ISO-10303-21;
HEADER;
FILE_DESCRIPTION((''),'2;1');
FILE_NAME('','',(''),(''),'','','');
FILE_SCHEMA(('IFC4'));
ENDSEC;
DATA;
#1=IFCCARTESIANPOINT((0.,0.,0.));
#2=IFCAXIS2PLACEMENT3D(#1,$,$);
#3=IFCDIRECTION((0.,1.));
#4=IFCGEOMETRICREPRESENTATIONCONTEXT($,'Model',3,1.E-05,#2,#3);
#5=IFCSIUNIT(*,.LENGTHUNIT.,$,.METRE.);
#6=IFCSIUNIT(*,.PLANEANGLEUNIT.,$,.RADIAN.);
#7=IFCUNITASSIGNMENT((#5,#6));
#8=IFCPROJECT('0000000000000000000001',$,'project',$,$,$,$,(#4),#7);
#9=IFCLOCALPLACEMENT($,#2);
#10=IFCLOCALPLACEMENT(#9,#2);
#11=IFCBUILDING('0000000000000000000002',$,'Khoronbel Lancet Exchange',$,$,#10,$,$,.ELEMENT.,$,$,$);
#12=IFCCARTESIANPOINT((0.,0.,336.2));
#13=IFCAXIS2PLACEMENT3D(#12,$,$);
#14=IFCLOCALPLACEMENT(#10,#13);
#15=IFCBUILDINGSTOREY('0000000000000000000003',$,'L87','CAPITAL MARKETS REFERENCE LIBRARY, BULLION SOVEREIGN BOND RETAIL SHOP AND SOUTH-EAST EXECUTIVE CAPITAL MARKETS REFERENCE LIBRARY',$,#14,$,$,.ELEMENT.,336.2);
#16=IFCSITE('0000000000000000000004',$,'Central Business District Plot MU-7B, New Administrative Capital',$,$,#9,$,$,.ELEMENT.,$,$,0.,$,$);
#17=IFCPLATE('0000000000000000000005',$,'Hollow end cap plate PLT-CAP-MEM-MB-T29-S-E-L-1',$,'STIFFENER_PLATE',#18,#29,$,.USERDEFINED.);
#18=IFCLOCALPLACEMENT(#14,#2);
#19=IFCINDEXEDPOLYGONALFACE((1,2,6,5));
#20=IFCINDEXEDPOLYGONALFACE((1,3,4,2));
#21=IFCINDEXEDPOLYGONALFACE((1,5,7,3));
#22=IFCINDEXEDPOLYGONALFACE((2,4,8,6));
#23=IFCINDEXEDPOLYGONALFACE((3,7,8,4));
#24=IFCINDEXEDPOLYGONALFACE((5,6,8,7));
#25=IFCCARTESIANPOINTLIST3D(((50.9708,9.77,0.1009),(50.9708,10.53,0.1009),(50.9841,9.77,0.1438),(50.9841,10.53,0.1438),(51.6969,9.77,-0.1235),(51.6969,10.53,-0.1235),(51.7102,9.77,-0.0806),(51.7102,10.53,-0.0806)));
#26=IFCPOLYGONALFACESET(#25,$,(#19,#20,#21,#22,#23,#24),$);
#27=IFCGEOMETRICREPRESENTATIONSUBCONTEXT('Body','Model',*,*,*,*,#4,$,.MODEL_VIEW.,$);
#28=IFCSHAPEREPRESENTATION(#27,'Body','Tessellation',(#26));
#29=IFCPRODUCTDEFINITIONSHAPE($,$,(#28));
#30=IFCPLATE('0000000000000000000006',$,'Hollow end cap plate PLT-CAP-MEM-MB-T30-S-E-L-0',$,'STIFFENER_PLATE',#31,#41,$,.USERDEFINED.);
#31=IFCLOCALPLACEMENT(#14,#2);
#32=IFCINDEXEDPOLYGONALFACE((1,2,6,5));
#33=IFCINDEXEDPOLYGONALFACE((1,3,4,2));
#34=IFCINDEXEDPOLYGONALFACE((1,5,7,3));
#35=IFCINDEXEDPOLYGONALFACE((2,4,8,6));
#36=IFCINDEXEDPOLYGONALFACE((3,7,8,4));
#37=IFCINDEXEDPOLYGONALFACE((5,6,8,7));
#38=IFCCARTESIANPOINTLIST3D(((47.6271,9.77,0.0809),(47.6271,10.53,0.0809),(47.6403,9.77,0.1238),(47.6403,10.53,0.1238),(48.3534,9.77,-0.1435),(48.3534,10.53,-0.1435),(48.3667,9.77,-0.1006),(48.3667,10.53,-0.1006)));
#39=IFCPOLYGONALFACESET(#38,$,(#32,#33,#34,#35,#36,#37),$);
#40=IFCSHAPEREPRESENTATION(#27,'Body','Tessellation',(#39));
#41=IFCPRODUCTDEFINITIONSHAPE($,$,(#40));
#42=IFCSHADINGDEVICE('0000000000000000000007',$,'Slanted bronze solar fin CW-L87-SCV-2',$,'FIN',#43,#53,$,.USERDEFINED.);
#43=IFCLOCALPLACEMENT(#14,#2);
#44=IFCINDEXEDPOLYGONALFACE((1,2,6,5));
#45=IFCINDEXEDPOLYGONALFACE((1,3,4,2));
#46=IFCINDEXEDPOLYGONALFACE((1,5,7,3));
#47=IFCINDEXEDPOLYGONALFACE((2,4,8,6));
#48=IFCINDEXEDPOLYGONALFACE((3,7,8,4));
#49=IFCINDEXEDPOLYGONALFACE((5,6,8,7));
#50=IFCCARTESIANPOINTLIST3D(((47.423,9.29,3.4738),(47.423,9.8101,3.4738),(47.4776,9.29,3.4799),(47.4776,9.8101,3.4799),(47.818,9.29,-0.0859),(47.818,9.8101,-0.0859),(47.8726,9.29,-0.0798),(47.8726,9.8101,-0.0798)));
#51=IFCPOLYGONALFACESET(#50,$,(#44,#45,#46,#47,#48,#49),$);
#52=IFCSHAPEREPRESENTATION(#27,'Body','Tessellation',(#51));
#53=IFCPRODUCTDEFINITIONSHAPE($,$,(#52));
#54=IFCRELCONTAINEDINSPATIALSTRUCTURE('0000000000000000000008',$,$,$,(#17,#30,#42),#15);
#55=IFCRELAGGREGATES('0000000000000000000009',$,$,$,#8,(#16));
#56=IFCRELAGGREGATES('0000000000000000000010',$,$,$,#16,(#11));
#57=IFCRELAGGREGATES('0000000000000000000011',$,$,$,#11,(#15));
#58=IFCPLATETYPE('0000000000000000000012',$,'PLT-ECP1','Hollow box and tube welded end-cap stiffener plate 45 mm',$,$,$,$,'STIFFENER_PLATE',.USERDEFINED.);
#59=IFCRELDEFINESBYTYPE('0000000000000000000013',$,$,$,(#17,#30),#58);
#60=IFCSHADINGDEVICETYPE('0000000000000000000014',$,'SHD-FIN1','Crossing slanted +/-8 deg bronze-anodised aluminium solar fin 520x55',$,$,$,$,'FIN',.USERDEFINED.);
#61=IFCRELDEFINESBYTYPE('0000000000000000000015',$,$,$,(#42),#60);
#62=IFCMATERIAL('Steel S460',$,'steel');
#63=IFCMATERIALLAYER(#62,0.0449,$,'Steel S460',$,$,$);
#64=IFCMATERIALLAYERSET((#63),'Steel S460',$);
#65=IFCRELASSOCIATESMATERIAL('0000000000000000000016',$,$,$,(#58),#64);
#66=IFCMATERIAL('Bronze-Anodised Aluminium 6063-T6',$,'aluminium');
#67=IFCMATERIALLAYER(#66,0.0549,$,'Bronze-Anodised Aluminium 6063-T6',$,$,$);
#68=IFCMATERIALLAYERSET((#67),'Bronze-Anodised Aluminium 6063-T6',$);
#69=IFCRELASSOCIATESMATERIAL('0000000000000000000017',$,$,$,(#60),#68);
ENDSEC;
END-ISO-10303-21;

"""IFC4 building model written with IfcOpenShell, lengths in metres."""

from ifc_helpers import new_model, si_unit, direction, frame, origin, place, context, subcontext, project, spatial, polyline, outline, extrude, material, layer, layer_set, type_object, element, save


model = new_model("IFC4")

# Units and contexts
model_context = context("Model", 3, precision=1e-05, world=origin(), true_north=direction((0.0, 1.0)))
body_context = subcontext(model_context, "Body", "Model", "MODEL_VIEW")
ifc_project = project(units=[si_unit("LENGTHUNIT", "METRE"), si_unit("PLANEANGLEUNIT", "RADIAN")], contexts=[model_context])

# Site, building, storey
site_placement = place(None, origin())
site = spatial("IfcSite", under=ifc_project, at=site_placement, Name="Central Business District Plot MU-7B, New Administrative Capital", CompositionType="ELEMENT", RefElevation=0.0)
building_placement = place(site_placement, origin())
building = spatial("IfcBuilding", under=site, at=building_placement, Name="Khoronbel Lancet Exchange", CompositionType="ELEMENT")
storey_placement = place(building_placement, frame((0.0, 0.0, 336.2)))
storey = spatial("IfcBuildingStorey", under=building, at=storey_placement, Name="L87", Description="CAPITAL MARKETS REFERENCE LIBRARY, BULLION SOVEREIGN BOND RETAIL SHOP AND SOUTH-EAST EXECUTIVE CAPITAL MARKETS REFERENCE LIBRARY", CompositionType="ELEMENT", Elevation=336.2)

# Shared definitions
ifc_material_1 = material(Name="Steel S460", Category="steel")

# Shared definitions
ifc_material_2 = material(Name="Bronze-Anodised Aluminium 6063-T6", Category="aluminium")

# Plates
ifc_layer_1 = layer(ifc_material_1, 0.0449, Name="Steel S460")
ifc_layer_set_1 = layer_set([ifc_layer_1], Name="Steel S460")
plate_type_1 = type_object("IfcPlateType", Name="PLT-ECP1", Description="Hollow box and tube welded end-cap stiffener plate 45 mm", ElementType="STIFFENER_PLATE", PredefinedType="USERDEFINED", material=ifc_layer_set_1)
plate_1_placement = place(storey_placement, frame((51.7102, 9.77, -0.0806), z_axis=(0.295237, 0.0, 0.955424), x_axis=(0.0, 1.0, 0.0)))
element("IfcPlate", 1, at=plate_1_placement, inside=storey, type_object=plate_type_1, Name="Hollow end cap plate PLT-CAP-MEM-MB-T29-S-E-L-1", ObjectType="STIFFENER_PLATE", PredefinedType="USERDEFINED", context=body_context, shape_type="SweptSolid", body=[
    extrude(outline(polyline([(0.0, 0.0), (0.76, 0.0), (0.76, 0.76), (0.0, 0.76), (0.0, 0.0)])), origin(), (0.0, 0.0, -1.0), 0.0449),
])
plate_2_placement = place(storey_placement, frame((48.3667, 9.77, -0.1006), z_axis=(0.295146, 0.0, 0.955452), x_axis=(0.0, 1.0, 0.0)))
element("IfcPlate", 2, at=plate_2_placement, inside=storey, type_object=plate_type_1, Name="Hollow end cap plate PLT-CAP-MEM-MB-T30-S-E-L-0", ObjectType="STIFFENER_PLATE", PredefinedType="USERDEFINED", context=body_context, shape_type="SweptSolid", body=[
    extrude(outline(polyline([(0.0, 0.0), (0.76, 0.0), (0.76, 0.7603), (0.0, 0.7603), (0.0, 0.0)])), origin(), (0.0, 0.0, -1.0), 0.0449),
])

# Shading device
ifc_layer_2 = layer(ifc_material_2, 0.0549, Name="Bronze-Anodised Aluminium 6063-T6")
ifc_layer_set_2 = layer_set([ifc_layer_2], Name="Bronze-Anodised Aluminium 6063-T6")
shading_device_type = type_object("IfcShadingDeviceType", Name="SHD-FIN1", Description="Crossing slanted +/-8 deg bronze-anodised aluminium solar fin 520x55", ElementType="FIN", PredefinedType="USERDEFINED", material=ifc_layer_set_2)
shading_device_placement = place(storey_placement, frame((47.8726, 9.8101, -0.0798), z_axis=(0.9939, 0.0, 0.110289), x_axis=(0.0, -1.0, 0.0)))
element("IfcShadingDevice", 3, at=shading_device_placement, inside=storey, type_object=shading_device_type, Name="Slanted bronze solar fin CW-L87-SCV-2", ObjectType="FIN", PredefinedType="USERDEFINED", context=body_context, shape_type="SweptSolid", body=[
    extrude(outline(polyline([(0.0, 0.0), (0.52, 0.0), (0.52, -3.5815), (0.0, -3.5815), (0.0, 0.0)])), origin(), (0.0, 0.0, -1.0), 0.0549),
])

save(model, "model.ifc")
